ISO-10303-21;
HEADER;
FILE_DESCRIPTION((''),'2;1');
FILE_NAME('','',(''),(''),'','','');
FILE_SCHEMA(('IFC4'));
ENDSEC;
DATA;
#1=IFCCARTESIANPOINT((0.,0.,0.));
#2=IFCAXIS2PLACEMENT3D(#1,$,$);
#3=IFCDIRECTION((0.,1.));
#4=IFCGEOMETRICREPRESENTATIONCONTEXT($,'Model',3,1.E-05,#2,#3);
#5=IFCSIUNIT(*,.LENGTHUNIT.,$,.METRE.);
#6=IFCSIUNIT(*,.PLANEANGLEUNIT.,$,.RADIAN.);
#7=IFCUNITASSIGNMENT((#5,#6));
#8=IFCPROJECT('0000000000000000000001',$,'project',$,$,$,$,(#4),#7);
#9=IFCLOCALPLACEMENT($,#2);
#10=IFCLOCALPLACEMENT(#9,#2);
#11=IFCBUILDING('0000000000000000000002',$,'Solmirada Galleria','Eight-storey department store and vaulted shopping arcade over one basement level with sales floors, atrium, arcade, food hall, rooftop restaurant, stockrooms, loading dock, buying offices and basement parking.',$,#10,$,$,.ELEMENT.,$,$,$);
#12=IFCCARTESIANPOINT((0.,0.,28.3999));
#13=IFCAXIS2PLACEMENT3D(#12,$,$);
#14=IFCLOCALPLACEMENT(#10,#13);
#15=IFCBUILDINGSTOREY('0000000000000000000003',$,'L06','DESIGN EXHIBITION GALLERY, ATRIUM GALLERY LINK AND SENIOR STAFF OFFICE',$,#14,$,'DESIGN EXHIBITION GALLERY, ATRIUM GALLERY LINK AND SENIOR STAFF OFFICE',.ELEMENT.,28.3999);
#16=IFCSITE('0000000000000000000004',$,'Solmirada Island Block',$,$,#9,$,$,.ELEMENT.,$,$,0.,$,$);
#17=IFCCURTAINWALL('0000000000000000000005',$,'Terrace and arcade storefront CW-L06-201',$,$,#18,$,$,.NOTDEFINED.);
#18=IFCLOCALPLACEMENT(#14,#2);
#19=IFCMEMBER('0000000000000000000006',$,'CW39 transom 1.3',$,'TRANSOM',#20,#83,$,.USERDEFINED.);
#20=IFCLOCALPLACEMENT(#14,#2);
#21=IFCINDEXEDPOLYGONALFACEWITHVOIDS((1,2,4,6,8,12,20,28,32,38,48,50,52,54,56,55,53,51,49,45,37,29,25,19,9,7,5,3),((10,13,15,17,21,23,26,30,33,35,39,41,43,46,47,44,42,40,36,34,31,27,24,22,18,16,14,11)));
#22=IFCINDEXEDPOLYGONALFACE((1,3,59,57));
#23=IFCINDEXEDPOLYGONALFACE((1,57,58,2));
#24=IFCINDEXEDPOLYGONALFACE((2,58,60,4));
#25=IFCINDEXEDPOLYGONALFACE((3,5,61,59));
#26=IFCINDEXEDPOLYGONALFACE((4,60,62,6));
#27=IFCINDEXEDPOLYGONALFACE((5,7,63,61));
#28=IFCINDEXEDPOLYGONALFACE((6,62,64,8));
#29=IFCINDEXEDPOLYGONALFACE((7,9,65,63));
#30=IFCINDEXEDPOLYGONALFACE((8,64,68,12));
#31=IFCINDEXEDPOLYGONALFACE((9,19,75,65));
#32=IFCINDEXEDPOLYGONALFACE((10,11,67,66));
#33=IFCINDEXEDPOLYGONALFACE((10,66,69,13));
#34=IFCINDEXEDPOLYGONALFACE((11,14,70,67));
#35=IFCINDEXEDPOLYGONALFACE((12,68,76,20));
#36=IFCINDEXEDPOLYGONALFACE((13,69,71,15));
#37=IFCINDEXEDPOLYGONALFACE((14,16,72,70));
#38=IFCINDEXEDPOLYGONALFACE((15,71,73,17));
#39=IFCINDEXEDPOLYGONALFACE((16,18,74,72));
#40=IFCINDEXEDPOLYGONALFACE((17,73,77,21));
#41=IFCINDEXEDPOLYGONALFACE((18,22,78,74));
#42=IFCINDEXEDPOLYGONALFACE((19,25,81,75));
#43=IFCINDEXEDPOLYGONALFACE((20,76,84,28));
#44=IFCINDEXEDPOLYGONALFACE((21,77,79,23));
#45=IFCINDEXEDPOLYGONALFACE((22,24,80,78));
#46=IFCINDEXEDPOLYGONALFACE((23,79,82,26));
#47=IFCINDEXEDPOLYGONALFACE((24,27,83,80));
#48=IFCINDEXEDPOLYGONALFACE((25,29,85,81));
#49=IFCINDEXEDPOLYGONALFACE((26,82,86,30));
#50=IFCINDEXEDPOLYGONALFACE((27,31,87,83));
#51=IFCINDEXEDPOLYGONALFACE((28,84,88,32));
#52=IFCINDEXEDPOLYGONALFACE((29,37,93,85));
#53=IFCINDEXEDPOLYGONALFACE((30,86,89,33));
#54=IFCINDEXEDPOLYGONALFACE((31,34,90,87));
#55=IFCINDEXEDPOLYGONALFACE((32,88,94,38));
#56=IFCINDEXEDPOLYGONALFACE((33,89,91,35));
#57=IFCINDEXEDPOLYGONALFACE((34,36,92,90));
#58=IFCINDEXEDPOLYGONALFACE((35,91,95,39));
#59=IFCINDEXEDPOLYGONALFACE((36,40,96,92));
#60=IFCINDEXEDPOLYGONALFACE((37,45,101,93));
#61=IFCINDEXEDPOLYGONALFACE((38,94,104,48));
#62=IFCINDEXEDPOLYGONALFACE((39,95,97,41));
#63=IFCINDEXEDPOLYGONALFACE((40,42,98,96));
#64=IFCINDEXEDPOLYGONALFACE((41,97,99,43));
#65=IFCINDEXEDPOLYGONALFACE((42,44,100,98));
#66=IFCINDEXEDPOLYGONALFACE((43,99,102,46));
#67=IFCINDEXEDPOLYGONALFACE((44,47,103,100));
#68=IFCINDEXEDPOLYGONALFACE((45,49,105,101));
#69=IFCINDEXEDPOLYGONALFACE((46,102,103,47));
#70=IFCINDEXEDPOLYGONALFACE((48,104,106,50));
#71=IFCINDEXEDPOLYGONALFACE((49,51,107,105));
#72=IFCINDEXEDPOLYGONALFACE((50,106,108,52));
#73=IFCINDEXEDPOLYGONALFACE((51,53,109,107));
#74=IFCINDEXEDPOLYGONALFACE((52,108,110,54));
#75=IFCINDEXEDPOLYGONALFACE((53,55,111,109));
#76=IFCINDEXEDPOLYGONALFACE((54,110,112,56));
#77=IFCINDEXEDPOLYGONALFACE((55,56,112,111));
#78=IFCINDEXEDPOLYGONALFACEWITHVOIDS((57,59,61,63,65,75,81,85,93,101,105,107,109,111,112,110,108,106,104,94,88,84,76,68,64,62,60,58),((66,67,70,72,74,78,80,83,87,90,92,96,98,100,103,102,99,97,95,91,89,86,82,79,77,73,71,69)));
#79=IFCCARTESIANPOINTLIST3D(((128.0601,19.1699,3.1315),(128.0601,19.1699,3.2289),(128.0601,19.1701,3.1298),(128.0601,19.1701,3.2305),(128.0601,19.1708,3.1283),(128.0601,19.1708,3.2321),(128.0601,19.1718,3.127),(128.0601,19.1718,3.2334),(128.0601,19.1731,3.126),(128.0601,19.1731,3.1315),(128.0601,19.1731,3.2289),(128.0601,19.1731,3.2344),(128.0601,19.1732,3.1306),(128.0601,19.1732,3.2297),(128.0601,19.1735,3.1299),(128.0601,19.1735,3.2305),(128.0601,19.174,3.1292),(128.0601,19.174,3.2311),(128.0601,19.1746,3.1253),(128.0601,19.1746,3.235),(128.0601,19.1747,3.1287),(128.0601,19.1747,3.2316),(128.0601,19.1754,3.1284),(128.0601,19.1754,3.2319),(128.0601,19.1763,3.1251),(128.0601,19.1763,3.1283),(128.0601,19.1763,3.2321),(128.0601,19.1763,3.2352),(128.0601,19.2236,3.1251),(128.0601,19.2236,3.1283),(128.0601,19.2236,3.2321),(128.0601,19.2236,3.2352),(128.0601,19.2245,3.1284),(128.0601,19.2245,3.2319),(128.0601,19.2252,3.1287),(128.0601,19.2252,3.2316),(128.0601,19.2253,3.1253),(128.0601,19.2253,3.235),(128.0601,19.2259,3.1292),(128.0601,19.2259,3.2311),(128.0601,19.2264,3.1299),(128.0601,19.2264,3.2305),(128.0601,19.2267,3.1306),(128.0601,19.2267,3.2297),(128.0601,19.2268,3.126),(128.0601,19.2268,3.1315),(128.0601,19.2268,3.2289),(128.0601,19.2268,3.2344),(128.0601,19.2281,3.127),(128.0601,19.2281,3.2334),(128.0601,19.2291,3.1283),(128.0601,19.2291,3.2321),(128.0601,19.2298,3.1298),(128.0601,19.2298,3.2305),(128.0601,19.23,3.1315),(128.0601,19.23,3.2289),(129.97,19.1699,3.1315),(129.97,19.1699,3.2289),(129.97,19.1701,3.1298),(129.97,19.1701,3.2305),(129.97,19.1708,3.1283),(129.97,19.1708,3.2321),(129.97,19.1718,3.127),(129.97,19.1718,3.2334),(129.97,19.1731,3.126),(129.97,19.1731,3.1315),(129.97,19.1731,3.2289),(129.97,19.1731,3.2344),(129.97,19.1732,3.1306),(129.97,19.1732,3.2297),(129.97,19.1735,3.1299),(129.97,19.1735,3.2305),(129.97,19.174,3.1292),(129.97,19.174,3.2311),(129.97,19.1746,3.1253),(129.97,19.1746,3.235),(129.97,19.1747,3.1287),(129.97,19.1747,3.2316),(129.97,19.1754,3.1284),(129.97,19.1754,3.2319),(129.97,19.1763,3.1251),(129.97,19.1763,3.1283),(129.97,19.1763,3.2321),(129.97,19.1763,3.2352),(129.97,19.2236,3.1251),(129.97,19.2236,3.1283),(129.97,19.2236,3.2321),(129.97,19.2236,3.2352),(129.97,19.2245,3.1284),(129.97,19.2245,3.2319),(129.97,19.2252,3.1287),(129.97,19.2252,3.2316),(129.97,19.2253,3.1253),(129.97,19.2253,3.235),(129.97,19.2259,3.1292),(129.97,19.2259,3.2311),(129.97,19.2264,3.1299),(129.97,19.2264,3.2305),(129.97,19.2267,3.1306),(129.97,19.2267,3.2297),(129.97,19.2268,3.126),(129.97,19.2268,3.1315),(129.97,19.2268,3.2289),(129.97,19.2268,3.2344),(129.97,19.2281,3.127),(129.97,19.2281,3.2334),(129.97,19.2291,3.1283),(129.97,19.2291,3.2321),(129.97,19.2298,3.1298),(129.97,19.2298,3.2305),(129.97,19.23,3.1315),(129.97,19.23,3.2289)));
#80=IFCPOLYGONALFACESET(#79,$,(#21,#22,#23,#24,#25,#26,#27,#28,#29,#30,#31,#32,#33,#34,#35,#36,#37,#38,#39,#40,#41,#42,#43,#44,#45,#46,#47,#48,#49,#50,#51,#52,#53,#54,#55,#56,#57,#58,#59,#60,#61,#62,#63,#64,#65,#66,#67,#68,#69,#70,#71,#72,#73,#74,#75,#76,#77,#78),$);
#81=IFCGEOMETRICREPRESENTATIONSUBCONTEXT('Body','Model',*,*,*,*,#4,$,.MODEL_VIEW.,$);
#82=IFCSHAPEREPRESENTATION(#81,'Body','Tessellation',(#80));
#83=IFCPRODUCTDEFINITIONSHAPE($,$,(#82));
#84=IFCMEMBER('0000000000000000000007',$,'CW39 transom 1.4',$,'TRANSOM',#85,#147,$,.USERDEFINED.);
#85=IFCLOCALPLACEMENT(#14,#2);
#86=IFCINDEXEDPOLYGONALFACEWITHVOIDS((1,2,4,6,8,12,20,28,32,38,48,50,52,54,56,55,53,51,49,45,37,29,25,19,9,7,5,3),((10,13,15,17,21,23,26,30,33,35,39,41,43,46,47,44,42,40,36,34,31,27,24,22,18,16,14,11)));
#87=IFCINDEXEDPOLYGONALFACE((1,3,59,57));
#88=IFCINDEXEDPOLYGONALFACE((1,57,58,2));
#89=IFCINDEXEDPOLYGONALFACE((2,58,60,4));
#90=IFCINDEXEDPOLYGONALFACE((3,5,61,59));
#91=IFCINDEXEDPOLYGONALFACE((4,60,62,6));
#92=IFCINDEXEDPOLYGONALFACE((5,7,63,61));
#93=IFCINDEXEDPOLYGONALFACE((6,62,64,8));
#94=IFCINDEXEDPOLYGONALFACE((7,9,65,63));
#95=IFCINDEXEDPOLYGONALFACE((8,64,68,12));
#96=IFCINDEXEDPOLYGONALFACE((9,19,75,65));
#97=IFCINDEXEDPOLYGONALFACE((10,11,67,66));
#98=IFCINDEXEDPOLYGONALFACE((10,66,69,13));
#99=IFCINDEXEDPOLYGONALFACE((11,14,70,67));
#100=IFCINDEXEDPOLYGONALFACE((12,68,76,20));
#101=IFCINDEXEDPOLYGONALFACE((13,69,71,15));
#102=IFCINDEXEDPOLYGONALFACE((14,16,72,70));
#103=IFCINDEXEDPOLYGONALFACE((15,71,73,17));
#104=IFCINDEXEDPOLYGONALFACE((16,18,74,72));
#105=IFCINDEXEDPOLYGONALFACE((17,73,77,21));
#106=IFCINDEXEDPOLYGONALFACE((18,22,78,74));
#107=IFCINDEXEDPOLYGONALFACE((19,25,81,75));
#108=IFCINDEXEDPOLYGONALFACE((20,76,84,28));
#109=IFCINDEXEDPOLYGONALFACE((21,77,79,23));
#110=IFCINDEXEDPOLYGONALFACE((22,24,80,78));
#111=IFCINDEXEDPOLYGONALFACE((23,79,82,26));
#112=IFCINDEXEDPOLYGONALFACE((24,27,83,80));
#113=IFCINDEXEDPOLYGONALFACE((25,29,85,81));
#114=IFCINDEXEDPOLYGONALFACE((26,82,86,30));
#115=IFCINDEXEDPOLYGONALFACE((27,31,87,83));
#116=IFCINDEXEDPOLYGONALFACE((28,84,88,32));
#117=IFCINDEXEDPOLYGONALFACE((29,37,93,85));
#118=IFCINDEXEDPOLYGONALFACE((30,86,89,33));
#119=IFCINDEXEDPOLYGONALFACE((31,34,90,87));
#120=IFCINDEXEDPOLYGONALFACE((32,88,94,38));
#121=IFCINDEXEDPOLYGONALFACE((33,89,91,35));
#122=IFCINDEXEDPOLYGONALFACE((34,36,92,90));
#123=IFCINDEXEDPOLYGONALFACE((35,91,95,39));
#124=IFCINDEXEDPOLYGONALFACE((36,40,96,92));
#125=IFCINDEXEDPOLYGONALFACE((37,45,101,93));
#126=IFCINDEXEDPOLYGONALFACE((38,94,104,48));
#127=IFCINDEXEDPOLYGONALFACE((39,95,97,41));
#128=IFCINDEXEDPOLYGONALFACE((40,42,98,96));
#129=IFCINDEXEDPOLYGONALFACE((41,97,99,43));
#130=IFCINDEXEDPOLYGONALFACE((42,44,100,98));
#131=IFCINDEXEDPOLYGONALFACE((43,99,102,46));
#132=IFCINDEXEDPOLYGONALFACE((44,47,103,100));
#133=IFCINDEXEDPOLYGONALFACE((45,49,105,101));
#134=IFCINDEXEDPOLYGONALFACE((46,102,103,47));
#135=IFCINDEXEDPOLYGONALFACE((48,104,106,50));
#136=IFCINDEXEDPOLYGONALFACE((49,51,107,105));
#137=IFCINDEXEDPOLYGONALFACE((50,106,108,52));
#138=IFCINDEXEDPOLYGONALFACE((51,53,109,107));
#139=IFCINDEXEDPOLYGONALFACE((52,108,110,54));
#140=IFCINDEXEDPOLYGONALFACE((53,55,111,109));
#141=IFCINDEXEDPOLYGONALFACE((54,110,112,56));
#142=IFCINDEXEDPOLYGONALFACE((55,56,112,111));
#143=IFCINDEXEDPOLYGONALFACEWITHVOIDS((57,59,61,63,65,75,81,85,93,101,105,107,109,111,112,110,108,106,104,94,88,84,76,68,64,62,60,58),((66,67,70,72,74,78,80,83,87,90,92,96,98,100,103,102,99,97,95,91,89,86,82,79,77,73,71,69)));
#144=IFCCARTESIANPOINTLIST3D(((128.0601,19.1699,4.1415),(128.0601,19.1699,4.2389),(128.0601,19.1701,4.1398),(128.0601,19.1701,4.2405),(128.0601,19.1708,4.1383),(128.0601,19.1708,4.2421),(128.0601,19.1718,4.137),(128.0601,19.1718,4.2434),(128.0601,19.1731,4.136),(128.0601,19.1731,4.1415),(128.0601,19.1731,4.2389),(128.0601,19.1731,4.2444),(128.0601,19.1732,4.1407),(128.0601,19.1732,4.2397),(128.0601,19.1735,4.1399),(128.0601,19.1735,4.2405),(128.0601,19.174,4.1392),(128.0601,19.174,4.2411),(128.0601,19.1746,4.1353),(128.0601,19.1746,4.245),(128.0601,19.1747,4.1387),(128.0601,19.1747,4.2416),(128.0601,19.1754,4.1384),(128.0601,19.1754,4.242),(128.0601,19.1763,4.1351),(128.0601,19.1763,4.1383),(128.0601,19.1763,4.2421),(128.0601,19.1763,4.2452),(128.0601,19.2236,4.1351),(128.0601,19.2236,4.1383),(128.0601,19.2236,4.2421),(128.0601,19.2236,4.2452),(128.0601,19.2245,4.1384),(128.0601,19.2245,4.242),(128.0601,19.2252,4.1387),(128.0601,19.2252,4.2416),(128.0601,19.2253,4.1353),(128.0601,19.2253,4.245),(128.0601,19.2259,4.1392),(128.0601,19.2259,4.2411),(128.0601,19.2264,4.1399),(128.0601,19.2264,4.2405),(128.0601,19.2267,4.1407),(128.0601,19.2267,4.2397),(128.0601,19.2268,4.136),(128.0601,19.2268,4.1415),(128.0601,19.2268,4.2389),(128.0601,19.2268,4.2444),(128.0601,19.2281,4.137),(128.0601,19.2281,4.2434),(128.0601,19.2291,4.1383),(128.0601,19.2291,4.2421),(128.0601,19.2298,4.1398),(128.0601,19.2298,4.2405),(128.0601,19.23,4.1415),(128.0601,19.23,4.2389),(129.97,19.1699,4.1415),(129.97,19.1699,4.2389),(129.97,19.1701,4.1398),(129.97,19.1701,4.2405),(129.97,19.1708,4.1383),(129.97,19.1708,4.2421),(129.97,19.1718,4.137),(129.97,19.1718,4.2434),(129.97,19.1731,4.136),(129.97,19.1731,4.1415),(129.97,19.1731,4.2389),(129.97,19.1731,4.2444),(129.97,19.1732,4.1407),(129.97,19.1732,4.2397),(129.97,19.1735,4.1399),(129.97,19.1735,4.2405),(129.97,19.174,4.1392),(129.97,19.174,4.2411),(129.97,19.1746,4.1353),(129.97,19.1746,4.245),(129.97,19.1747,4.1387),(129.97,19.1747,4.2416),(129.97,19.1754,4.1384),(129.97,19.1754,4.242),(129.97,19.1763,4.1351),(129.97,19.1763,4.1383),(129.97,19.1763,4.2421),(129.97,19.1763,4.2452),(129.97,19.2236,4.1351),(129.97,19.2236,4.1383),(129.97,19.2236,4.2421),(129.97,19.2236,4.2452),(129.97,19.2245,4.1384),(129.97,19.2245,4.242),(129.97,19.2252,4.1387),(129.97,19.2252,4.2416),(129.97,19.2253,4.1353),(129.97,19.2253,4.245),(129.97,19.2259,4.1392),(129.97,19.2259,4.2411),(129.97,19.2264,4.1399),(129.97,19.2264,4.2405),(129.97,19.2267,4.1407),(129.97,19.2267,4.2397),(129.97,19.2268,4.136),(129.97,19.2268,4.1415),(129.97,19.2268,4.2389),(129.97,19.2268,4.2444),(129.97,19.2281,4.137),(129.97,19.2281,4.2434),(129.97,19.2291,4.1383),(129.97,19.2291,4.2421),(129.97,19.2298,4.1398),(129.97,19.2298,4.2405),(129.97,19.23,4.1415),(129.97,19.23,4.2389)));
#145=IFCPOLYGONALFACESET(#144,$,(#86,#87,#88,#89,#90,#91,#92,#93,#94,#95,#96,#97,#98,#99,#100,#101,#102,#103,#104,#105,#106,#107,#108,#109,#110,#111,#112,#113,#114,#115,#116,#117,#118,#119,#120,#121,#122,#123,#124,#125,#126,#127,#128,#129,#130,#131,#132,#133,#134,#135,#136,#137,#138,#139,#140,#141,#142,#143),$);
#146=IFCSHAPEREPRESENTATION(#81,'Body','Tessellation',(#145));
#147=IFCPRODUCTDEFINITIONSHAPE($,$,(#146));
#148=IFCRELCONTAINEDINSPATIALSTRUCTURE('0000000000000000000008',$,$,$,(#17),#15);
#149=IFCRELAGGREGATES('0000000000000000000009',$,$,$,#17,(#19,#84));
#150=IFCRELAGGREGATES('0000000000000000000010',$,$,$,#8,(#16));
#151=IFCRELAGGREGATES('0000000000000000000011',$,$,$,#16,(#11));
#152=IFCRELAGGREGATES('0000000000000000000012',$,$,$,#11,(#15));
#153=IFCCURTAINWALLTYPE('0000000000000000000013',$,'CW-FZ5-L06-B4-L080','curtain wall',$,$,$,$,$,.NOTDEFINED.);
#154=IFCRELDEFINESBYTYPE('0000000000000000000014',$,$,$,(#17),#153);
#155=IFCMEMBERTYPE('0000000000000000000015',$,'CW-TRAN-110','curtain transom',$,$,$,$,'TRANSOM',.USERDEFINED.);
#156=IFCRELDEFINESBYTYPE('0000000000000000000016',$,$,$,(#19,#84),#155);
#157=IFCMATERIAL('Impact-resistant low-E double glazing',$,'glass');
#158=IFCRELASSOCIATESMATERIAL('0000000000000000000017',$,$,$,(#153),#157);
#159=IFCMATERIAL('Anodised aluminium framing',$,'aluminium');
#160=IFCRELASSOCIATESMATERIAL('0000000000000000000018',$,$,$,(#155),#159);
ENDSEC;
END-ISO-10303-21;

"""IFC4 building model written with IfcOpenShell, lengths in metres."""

from ifc_helpers import new_model, si_unit, direction, frame, origin, origin_2d, place, context, subcontext, project, spatial, hollow_rectangle, extrude, material, material_profile, profile_set, type_object, element, aggregate, save


model = new_model("IFC4")

# Units and contexts
model_context = context("Model", 3, precision=1e-05, world=origin(), true_north=direction((0.0, 1.0)))
body_context = subcontext(model_context, "Body", "Model", "MODEL_VIEW")
ifc_project = project(units=[si_unit("LENGTHUNIT", "METRE"), si_unit("PLANEANGLEUNIT", "RADIAN")], contexts=[model_context])

# Site, building, storey
site_placement = place(None, origin())
site = spatial("IfcSite", under=ifc_project, at=site_placement, Name="Solmirada Island Block", CompositionType="ELEMENT", RefElevation=0.0)
building_placement = place(site_placement, origin())
building = spatial("IfcBuilding", under=site, at=building_placement, Name="Solmirada Galleria", Description="Eight-storey department store and vaulted shopping arcade over one basement level with sales floors, atrium, arcade, food hall, rooftop restaurant, stockrooms, loading dock, buying offices and basement parking.", CompositionType="ELEMENT")
storey_placement = place(building_placement, frame((0.0, 0.0, 28.3999)))
storey = spatial("IfcBuildingStorey", under=building, at=storey_placement, Name="L06", Description="DESIGN EXHIBITION GALLERY, ATRIUM GALLERY LINK AND SENIOR STAFF OFFICE", LongName="DESIGN EXHIBITION GALLERY, ATRIUM GALLERY LINK AND SENIOR STAFF OFFICE", CompositionType="ELEMENT", Elevation=28.3999)

# Shared definitions
ifc_material_1 = material(Name="Impact-resistant low-E double glazing", Category="glass")
curtain_wall_type = type_object("IfcCurtainWallType", Name="CW-FZ5-L06-B4-L080", Description="curtain wall", PredefinedType="NOTDEFINED", material=ifc_material_1)
ifc_material_2 = material(Name="Anodised aluminium framing", Category="aluminium")

# Curtain wall, members
curtain_wall_1_placement = place(storey_placement, origin())
curtain_wall_1 = element("IfcCurtainWall", 1, at=curtain_wall_1_placement, inside=storey, type_object=curtain_wall_type, Name="Terrace and arcade storefront CW-L06-201", PredefinedType="NOTDEFINED")
ifc_material_profile_1 = material_profile(ifc_material_2, hollow_rectangle(XDim=0.0601, YDim=0.1101, WallThickness=0.0032, InnerFilletRadius=0.0032, OuterFilletRadius=0.0063, at=origin_2d()), Name="ALU-TRAN-110X60")
ifc_profile_set_1 = profile_set([ifc_material_profile_1], Name="Anodised aluminium framing")
member_type_1 = type_object("IfcMemberType", Name="CW-TRAN-110", Description="curtain transom", ElementType="TRANSOM", PredefinedType="USERDEFINED", material=ifc_profile_set_1)
member_1_placement = place(storey_placement, frame((128.0601, 19.2, 3.1802), z_axis=(1.0, 0.0, 0.0), x_axis=(0.0, 1.0, 0.0)))
member_1 = element("IfcMember", 2, at=member_1_placement, type_object=member_type_1, Name="CW39 transom 1.3", ObjectType="TRANSOM", PredefinedType="USERDEFINED", context=body_context, shape_type="SweptSolid", body=[
    extrude(hollow_rectangle(XDim=0.0601, YDim=0.1101, WallThickness=0.0032, InnerFilletRadius=0.0032, OuterFilletRadius=0.0063, at=origin_2d()), origin(), (0.0, 0.0, 1.0), 1.9099),
])
member_2_placement = place(storey_placement, frame((128.0601, 19.2, 4.1902), z_axis=(1.0, 0.0, 0.0), x_axis=(0.0, 1.0, 0.0)))
member_2 = element("IfcMember", 3, at=member_2_placement, type_object=member_type_1, Name="CW39 transom 1.4", ObjectType="TRANSOM", PredefinedType="USERDEFINED", context=body_context, shape_type="SweptSolid", body=[
    extrude(hollow_rectangle(XDim=0.0601, YDim=0.1101, WallThickness=0.0032, InnerFilletRadius=0.0032, OuterFilletRadius=0.0063, at=origin_2d()), origin(), (0.0, 0.0, 1.0), 1.9099),
])

aggregate(curtain_wall_1, [member_1, member_2])

save(model, "model.ifc")
